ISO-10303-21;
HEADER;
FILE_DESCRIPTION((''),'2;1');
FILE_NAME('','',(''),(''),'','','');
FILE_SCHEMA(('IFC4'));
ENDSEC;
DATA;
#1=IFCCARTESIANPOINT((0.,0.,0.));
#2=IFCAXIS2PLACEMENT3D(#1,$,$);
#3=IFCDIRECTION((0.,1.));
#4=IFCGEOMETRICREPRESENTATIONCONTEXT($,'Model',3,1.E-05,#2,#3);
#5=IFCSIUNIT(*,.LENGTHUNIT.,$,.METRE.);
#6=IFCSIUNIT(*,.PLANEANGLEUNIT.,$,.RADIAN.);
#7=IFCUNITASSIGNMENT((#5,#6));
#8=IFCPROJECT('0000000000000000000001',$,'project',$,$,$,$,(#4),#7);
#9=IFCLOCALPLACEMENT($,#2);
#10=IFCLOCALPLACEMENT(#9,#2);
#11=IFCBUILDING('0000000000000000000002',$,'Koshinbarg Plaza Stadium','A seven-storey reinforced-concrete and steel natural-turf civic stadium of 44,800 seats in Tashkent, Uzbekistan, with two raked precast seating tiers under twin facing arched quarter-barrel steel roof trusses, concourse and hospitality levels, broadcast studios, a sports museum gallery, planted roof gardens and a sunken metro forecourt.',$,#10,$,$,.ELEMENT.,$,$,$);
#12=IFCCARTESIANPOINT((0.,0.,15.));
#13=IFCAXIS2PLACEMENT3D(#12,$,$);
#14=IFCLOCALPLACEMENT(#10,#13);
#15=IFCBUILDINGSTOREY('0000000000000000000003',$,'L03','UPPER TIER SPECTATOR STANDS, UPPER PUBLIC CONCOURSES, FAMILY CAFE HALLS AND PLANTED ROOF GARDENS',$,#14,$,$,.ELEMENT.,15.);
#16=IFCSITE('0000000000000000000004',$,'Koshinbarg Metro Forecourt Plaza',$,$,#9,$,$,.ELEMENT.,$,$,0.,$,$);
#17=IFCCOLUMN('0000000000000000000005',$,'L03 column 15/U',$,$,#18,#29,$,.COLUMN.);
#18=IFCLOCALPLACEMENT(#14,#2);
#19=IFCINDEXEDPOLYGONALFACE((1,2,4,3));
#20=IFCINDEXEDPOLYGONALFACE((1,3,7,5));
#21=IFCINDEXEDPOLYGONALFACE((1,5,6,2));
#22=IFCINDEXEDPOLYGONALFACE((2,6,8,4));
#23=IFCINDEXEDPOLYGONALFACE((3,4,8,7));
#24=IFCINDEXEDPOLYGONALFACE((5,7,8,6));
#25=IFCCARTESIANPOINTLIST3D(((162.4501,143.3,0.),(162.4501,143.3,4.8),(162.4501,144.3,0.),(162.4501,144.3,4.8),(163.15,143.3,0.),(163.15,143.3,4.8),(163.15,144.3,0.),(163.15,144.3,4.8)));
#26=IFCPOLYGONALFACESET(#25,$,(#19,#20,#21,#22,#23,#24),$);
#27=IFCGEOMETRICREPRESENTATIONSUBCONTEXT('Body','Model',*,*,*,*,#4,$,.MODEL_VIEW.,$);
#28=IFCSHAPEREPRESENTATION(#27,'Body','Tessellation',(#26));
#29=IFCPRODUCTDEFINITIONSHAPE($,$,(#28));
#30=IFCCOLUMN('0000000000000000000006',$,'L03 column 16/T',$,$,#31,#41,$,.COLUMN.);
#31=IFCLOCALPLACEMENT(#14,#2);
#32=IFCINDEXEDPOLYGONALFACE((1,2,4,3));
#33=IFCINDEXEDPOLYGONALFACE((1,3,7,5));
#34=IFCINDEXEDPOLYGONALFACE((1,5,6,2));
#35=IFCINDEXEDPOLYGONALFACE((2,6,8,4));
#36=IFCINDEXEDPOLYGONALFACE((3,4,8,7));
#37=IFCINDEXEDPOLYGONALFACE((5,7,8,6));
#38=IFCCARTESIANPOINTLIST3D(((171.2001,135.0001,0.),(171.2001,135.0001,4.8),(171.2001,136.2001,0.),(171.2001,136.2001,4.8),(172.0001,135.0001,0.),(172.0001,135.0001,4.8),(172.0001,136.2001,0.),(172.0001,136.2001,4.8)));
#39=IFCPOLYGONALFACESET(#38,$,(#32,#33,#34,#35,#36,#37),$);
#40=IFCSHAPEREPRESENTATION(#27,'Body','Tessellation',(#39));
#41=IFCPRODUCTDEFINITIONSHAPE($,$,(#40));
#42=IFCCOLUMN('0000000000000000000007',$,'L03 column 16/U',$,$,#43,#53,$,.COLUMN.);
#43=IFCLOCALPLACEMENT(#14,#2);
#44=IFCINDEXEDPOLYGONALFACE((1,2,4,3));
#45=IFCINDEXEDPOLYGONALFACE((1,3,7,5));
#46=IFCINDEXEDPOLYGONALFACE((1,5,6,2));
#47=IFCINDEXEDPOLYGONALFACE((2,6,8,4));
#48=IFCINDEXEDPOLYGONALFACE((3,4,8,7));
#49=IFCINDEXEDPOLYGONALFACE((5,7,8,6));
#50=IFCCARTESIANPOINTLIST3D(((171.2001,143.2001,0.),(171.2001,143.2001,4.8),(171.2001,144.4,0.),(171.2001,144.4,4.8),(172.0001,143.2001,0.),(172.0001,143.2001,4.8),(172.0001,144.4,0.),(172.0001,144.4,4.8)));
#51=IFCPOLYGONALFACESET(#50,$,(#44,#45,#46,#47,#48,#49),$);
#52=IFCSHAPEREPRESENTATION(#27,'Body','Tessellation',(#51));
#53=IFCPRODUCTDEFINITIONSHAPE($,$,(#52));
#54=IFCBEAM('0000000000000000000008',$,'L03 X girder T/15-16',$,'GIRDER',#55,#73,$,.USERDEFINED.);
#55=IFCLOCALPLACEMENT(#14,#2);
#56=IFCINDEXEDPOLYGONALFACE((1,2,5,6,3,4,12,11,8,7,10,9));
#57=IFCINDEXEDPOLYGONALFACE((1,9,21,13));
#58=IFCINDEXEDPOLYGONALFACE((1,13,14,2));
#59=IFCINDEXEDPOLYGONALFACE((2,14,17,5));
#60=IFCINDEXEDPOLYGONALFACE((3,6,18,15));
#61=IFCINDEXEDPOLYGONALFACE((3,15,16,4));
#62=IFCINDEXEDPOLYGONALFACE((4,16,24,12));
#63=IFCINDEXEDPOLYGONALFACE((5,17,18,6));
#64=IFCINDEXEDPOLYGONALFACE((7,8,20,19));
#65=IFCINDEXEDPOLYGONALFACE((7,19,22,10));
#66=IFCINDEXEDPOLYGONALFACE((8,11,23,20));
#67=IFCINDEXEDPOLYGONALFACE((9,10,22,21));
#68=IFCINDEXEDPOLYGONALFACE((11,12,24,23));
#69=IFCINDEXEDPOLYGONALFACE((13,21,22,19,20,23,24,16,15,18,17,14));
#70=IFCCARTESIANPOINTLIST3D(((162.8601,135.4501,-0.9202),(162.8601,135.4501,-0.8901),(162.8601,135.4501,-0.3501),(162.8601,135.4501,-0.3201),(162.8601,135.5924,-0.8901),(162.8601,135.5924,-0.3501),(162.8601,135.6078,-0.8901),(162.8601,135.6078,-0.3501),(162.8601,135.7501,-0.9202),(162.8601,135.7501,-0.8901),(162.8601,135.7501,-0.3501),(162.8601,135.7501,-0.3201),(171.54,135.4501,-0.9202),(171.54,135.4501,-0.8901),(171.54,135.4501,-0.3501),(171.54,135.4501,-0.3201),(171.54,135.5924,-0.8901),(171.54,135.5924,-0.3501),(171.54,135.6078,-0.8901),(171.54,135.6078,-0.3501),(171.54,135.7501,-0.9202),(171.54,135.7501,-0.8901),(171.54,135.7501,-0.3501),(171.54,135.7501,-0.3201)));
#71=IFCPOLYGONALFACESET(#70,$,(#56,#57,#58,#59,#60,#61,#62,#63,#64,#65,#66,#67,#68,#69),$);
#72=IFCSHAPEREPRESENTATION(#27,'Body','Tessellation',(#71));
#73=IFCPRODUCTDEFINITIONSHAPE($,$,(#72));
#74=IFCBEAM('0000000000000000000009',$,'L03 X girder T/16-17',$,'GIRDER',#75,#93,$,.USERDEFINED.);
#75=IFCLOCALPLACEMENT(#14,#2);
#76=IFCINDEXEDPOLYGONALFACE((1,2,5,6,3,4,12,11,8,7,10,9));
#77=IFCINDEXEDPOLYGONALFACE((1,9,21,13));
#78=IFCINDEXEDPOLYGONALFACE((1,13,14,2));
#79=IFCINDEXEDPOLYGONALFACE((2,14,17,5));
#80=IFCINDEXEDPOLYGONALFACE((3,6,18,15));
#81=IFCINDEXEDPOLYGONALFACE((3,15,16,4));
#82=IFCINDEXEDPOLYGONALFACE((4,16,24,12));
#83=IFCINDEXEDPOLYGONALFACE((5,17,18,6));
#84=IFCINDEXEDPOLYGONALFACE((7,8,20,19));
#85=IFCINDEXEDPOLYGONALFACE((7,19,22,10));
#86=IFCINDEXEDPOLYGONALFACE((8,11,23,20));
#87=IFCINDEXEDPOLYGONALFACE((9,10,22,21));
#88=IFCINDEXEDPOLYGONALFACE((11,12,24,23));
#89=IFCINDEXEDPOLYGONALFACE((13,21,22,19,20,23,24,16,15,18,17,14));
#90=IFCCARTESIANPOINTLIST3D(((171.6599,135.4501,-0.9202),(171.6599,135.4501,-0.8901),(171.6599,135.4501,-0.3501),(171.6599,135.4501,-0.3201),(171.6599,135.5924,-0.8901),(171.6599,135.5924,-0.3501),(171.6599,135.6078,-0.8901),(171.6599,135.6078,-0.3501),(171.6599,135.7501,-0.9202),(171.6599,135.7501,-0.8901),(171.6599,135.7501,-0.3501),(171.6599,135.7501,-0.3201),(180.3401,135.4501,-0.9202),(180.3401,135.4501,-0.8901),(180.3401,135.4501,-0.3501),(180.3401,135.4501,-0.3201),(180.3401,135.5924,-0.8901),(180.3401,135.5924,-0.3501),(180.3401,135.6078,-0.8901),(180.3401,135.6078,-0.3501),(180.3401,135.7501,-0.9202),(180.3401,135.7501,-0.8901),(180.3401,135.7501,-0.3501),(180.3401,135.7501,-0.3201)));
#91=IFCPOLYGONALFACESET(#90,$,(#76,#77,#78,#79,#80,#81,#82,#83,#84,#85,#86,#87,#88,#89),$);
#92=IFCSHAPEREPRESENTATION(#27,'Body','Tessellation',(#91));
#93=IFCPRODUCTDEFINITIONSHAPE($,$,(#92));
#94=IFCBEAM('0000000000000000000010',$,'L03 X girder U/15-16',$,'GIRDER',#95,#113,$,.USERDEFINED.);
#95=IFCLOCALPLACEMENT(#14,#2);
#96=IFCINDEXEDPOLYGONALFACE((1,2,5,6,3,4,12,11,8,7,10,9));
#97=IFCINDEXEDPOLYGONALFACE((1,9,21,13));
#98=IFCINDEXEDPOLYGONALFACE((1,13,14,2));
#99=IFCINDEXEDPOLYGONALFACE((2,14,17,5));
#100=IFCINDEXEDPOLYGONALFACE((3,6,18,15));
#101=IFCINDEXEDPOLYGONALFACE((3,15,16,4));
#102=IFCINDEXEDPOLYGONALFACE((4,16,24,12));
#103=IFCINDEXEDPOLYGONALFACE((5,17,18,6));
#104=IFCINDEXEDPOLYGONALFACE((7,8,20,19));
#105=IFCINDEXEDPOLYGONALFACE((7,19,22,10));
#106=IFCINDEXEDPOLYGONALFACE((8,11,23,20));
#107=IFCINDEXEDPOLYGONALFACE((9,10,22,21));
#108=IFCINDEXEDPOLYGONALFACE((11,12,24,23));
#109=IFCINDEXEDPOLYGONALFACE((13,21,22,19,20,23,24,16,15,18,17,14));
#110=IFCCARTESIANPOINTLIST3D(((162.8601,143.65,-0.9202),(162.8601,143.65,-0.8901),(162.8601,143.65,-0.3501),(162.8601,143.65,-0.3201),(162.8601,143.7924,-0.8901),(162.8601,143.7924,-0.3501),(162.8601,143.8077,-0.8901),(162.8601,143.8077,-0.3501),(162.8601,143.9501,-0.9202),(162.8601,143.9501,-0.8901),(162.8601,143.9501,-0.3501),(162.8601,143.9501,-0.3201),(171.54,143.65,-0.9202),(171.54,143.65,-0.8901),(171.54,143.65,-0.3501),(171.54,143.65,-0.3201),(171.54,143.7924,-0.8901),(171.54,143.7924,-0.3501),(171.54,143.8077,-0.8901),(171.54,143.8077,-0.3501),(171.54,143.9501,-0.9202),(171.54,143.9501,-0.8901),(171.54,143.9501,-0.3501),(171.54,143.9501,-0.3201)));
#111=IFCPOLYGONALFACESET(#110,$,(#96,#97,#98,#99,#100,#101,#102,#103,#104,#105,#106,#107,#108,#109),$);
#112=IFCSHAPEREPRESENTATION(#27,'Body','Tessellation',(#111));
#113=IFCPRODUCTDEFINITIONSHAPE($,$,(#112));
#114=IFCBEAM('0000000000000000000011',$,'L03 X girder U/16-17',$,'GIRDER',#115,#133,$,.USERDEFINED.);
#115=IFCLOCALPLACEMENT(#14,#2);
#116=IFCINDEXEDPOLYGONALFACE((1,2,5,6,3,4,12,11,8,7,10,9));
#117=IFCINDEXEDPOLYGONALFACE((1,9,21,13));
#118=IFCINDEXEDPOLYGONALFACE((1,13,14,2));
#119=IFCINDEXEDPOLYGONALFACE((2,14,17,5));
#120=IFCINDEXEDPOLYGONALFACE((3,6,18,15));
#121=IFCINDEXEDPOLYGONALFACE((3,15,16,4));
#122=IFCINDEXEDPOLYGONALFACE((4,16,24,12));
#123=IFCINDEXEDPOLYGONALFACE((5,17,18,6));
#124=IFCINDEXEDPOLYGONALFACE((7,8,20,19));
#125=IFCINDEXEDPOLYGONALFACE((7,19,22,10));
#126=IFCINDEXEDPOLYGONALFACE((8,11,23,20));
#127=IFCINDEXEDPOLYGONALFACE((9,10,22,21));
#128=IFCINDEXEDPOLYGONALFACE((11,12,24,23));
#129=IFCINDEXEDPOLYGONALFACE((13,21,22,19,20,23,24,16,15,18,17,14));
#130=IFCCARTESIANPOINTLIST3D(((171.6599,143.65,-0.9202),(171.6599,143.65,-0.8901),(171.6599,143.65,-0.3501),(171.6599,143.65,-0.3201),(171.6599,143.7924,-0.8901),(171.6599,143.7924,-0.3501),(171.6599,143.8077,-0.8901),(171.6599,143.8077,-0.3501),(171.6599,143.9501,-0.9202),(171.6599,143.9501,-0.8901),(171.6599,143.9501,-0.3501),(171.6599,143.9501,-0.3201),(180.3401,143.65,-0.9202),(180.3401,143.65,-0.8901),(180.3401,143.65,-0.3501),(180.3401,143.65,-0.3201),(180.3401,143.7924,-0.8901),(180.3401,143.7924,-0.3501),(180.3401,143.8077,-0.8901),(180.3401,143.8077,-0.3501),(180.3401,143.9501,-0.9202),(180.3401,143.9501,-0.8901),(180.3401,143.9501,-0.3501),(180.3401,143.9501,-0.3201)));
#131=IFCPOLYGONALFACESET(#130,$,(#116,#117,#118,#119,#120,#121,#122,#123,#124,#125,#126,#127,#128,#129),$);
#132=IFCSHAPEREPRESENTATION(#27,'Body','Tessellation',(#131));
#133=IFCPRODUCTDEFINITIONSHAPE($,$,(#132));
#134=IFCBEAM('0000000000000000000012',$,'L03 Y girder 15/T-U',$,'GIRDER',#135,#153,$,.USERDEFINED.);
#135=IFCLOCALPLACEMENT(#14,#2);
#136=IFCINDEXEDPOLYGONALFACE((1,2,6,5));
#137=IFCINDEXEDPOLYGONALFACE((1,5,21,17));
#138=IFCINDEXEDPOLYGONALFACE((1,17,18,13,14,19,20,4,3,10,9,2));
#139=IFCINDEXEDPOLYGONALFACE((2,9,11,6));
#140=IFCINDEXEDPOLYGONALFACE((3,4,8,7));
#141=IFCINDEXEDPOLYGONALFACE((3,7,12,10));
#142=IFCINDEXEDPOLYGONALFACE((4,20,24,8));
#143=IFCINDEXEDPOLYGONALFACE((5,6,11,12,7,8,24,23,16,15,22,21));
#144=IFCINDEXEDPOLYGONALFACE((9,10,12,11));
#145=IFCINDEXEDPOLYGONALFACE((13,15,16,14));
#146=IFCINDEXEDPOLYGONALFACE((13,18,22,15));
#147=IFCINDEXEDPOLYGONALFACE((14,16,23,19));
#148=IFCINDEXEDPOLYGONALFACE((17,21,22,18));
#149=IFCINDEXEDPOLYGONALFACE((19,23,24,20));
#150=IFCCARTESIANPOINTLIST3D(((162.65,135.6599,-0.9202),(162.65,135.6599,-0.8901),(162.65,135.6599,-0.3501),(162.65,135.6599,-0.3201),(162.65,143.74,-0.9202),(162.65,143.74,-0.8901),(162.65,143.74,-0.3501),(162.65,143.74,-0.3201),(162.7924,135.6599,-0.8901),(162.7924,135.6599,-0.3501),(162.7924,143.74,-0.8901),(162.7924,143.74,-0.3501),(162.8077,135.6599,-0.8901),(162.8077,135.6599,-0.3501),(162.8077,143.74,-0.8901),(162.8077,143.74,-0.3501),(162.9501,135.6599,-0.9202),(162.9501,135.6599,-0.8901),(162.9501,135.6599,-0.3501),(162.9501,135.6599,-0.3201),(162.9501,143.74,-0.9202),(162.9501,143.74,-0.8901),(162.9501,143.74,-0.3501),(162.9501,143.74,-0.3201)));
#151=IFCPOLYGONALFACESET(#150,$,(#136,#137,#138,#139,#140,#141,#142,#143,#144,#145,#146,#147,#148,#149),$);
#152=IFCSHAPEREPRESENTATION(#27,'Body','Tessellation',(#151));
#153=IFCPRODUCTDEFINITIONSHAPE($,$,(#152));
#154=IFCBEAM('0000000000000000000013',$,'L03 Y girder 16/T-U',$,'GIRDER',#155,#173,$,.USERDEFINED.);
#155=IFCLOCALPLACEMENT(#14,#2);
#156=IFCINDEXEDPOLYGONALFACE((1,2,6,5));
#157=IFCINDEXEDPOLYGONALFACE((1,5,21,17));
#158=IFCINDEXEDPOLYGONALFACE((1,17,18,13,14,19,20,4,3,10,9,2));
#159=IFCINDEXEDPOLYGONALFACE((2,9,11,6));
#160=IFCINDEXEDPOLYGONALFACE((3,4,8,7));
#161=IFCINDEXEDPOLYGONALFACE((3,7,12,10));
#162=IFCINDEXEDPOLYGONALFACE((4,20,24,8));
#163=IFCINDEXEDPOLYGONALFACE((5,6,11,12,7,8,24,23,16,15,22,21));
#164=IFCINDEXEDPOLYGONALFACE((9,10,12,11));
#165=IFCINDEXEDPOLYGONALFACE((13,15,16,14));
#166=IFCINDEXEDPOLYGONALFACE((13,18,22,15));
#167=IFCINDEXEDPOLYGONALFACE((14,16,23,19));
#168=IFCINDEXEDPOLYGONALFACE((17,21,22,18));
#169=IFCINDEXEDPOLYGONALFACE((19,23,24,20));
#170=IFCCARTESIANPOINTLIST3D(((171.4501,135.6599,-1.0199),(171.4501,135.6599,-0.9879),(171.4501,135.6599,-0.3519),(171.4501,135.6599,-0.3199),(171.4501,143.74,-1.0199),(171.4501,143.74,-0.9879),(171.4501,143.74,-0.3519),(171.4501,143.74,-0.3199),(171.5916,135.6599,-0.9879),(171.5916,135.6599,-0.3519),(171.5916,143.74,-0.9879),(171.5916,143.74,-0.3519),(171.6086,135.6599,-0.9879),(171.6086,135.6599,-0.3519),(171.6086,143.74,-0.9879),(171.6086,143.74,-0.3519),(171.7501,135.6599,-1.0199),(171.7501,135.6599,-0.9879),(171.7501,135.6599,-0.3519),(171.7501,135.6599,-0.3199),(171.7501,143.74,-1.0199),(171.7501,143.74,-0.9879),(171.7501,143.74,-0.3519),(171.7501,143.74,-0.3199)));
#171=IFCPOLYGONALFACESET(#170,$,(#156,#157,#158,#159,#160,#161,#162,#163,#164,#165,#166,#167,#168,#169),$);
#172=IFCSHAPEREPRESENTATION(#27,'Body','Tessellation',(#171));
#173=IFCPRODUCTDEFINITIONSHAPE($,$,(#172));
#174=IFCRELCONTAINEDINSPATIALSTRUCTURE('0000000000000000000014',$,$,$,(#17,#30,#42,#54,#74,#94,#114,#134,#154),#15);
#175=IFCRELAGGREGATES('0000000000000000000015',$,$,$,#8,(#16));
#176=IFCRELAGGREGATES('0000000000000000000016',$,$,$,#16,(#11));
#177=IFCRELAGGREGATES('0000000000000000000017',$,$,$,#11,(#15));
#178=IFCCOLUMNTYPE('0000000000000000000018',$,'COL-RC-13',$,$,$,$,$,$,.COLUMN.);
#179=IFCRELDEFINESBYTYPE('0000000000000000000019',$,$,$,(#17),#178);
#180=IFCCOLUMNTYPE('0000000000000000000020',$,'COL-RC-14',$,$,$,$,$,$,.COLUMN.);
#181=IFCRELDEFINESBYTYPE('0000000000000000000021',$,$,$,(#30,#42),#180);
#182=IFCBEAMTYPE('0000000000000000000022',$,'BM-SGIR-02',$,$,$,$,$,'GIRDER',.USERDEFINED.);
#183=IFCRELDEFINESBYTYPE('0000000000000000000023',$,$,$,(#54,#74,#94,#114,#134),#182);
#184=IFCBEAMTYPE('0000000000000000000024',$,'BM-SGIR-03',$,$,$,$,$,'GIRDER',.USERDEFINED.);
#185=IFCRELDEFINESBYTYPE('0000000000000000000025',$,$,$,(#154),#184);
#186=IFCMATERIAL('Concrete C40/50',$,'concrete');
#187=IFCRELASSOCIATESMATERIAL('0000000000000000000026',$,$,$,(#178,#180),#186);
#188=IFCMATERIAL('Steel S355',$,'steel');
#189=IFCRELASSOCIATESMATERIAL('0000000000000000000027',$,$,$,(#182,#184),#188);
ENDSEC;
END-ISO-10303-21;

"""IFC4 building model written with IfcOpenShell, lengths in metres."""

from ifc_helpers import new_model, si_unit, direction, frame, origin, origin_2d, place, context, subcontext, project, spatial, rectangle, i_section, extrude, material, material_profile, profile_set, type_object, element, save


model = new_model("IFC4")

# Units and contexts
model_context = context("Model", 3, precision=1e-05, world=origin(), true_north=direction((0.0, 1.0)))
body_context = subcontext(model_context, "Body", "Model", "MODEL_VIEW")
ifc_project = project(units=[si_unit("LENGTHUNIT", "METRE"), si_unit("PLANEANGLEUNIT", "RADIAN")], contexts=[model_context])

# Site, building, storey
site_placement = place(None, origin())
site = spatial("IfcSite", under=ifc_project, at=site_placement, Name="Koshinbarg Metro Forecourt Plaza", CompositionType="ELEMENT", RefElevation=0.0)
building_placement = place(site_placement, origin())
building = spatial("IfcBuilding", under=site, at=building_placement, Name="Koshinbarg Plaza Stadium", Description="A seven-storey reinforced-concrete and steel natural-turf civic stadium of 44,800 seats in Tashkent, Uzbekistan, with two raked precast seating tiers under twin facing arched quarter-barrel steel roof trusses, concourse and hospitality levels, broadcast studios, a sports museum gallery, planted roof gardens and a sunken metro forecourt.", CompositionType="ELEMENT")
storey_placement = place(building_placement, frame((0.0, 0.0, 15.0)))
storey = spatial("IfcBuildingStorey", under=building, at=storey_placement, Name="L03", Description="UPPER TIER SPECTATOR STANDS, UPPER PUBLIC CONCOURSES, FAMILY CAFE HALLS AND PLANTED ROOF GARDENS", CompositionType="ELEMENT", Elevation=15.0)

# Columns
ifc_material_1 = material(Name="Concrete C40/50", Category="concrete")
ifc_material_profile_1 = material_profile(ifc_material_1, rectangle(XDim=0.7, YDim=1.0, at=origin_2d()), Name="RC 700x1000")
ifc_profile_set_1 = profile_set([ifc_material_profile_1], Name="Concrete C40/50")
column_type_1 = type_object("IfcColumnType", Name="COL-RC-13", PredefinedType="COLUMN", material=ifc_profile_set_1)
column_placement = place(storey_placement, frame((162.8, 143.8, 0.0), z_axis=(0.0, 0.0, 1.0), x_axis=(1.0, 0.0, 0.0)))
element("IfcColumn", 1, at=column_placement, inside=storey, type_object=column_type_1, Name="L03 column 15/U", PredefinedType="COLUMN", context=body_context, shape_type="SweptSolid", body=[
    extrude(rectangle(XDim=0.7, YDim=1.0, at=origin_2d()), origin(), (0.0, 0.0, 1.0), 4.8),
])
ifc_material_profile_2 = material_profile(ifc_material_1, rectangle(XDim=0.8, YDim=1.2, at=origin_2d()), Name="RC 800x1200")
ifc_profile_set_2 = profile_set([ifc_material_profile_2], Name="Concrete C40/50")
column_type_2 = type_object("IfcColumnType", Name="COL-RC-14", PredefinedType="COLUMN", material=ifc_profile_set_2)
for number, where, z_axis, x_axis, name in (
    (2, (171.6001, 135.6001, 0.0), (0.0, 0.0, 1.0), (1.0, 0.0, 0.0), "L03 column 16/T"),
    (3, (171.6001, 143.8, 0.0), (0.0, 0.0, 1.0), (1.0, 0.0, 0.0), "L03 column 16/U"),
):
    element("IfcColumn", number, at=place(storey_placement, frame(where, z_axis=z_axis, x_axis=x_axis)), inside=storey, type_object=column_type_2, Name=name, PredefinedType="COLUMN", context=body_context, shape_type="SweptSolid", body=[
        extrude(rectangle(XDim=0.8, YDim=1.2, at=origin_2d()), origin(), (0.0, 0.0, 1.0), 4.8),
    ])

# Beams
ifc_material_2 = material(Name="Steel S355", Category="steel")
ifc_material_profile_3 = material_profile(ifc_material_2, i_section(OverallWidth=0.3, OverallDepth=0.6001, WebThickness=0.0154, FlangeThickness=0.03, at=origin_2d()), Name="HEB 600")
ifc_profile_set_3 = profile_set([ifc_material_profile_3], Name="Steel S355")
beam_type_1 = type_object("IfcBeamType", Name="BM-SGIR-02", ElementType="GIRDER", PredefinedType="USERDEFINED", material=ifc_profile_set_3)
beam_1_placement = place(storey_placement, frame((162.8601, 135.6001, -0.6201), z_axis=(1.0, 0.0, 0.0), x_axis=(0.0, 1.0, 0.0)))
element("IfcBeam", 4, at=beam_1_placement, inside=storey, type_object=beam_type_1, Name="L03 X girder T/15-16", ObjectType="GIRDER", PredefinedType="USERDEFINED", context=body_context, shape_type="SweptSolid", body=[
    extrude(i_section(OverallWidth=0.3, OverallDepth=0.6001, WebThickness=0.0154, FlangeThickness=0.03, at=origin_2d()), origin(), (0.0, 0.0, 1.0), 8.6799),
])
beam_2_placement = place(storey_placement, frame((171.6599, 135.6001, -0.6201), z_axis=(1.0, 0.0, 0.0), x_axis=(0.0, 1.0, 0.0)))
element("IfcBeam", 5, at=beam_2_placement, inside=storey, type_object=beam_type_1, Name="L03 X girder T/16-17", ObjectType="GIRDER", PredefinedType="USERDEFINED", context=body_context, shape_type="SweptSolid", body=[
    extrude(i_section(OverallWidth=0.3, OverallDepth=0.6001, WebThickness=0.0154, FlangeThickness=0.03, at=origin_2d()), origin(), (0.0, 0.0, 1.0), 8.6802),
])
beam_3_placement = place(storey_placement, frame((162.8601, 143.8, -0.6201), z_axis=(1.0, 0.0, 0.0), x_axis=(0.0, 1.0, 0.0)))
element("IfcBeam", 6, at=beam_3_placement, inside=storey, type_object=beam_type_1, Name="L03 X girder U/15-16", ObjectType="GIRDER", PredefinedType="USERDEFINED", context=body_context, shape_type="SweptSolid", body=[
    extrude(i_section(OverallWidth=0.3, OverallDepth=0.6001, WebThickness=0.0154, FlangeThickness=0.03, at=origin_2d()), origin(), (0.0, 0.0, 1.0), 8.6799),
])
beam_4_placement = place(storey_placement, frame((171.6599, 143.8, -0.6201), z_axis=(1.0, 0.0, 0.0), x_axis=(0.0, 1.0, 0.0)))
element("IfcBeam", 7, at=beam_4_placement, inside=storey, type_object=beam_type_1, Name="L03 X girder U/16-17", ObjectType="GIRDER", PredefinedType="USERDEFINED", context=body_context, shape_type="SweptSolid", body=[
    extrude(i_section(OverallWidth=0.3, OverallDepth=0.6001, WebThickness=0.0154, FlangeThickness=0.03, at=origin_2d()), origin(), (0.0, 0.0, 1.0), 8.6802),
])
beam_5_placement = place(storey_placement, frame((162.8, 135.6599, -0.6201), z_axis=(0.0, 1.0, 0.0), x_axis=(-1.0, 0.0, 0.0)))
element("IfcBeam", 8, at=beam_5_placement, inside=storey, type_object=beam_type_1, Name="L03 Y girder 15/T-U", ObjectType="GIRDER", PredefinedType="USERDEFINED", context=body_context, shape_type="SweptSolid", body=[
    extrude(i_section(OverallWidth=0.3, OverallDepth=0.6001, WebThickness=0.0154, FlangeThickness=0.03, at=origin_2d()), origin(), (0.0, 0.0, 1.0), 8.0801),
])
ifc_material_profile_4 = material_profile(ifc_material_2, i_section(OverallWidth=0.3, OverallDepth=0.7, WebThickness=0.0171, FlangeThickness=0.032, at=origin_2d()), Name="HEB 700")
ifc_profile_set_4 = profile_set([ifc_material_profile_4], Name="Steel S355")
beam_type_2 = type_object("IfcBeamType", Name="BM-SGIR-03", ElementType="GIRDER", PredefinedType="USERDEFINED", material=ifc_profile_set_4)
beam_6_placement = place(storey_placement, frame((171.6001, 135.6599, -0.6699), z_axis=(0.0, 1.0, 0.0), x_axis=(-1.0, 0.0, 0.0)))
element("IfcBeam", 9, at=beam_6_placement, inside=storey, type_object=beam_type_2, Name="L03 Y girder 16/T-U", ObjectType="GIRDER", PredefinedType="USERDEFINED", context=body_context, shape_type="SweptSolid", body=[
    extrude(i_section(OverallWidth=0.3, OverallDepth=0.7, WebThickness=0.0171, FlangeThickness=0.032, at=origin_2d()), origin(), (0.0, 0.0, 1.0), 8.0801),
])

save(model, "model.ifc")
